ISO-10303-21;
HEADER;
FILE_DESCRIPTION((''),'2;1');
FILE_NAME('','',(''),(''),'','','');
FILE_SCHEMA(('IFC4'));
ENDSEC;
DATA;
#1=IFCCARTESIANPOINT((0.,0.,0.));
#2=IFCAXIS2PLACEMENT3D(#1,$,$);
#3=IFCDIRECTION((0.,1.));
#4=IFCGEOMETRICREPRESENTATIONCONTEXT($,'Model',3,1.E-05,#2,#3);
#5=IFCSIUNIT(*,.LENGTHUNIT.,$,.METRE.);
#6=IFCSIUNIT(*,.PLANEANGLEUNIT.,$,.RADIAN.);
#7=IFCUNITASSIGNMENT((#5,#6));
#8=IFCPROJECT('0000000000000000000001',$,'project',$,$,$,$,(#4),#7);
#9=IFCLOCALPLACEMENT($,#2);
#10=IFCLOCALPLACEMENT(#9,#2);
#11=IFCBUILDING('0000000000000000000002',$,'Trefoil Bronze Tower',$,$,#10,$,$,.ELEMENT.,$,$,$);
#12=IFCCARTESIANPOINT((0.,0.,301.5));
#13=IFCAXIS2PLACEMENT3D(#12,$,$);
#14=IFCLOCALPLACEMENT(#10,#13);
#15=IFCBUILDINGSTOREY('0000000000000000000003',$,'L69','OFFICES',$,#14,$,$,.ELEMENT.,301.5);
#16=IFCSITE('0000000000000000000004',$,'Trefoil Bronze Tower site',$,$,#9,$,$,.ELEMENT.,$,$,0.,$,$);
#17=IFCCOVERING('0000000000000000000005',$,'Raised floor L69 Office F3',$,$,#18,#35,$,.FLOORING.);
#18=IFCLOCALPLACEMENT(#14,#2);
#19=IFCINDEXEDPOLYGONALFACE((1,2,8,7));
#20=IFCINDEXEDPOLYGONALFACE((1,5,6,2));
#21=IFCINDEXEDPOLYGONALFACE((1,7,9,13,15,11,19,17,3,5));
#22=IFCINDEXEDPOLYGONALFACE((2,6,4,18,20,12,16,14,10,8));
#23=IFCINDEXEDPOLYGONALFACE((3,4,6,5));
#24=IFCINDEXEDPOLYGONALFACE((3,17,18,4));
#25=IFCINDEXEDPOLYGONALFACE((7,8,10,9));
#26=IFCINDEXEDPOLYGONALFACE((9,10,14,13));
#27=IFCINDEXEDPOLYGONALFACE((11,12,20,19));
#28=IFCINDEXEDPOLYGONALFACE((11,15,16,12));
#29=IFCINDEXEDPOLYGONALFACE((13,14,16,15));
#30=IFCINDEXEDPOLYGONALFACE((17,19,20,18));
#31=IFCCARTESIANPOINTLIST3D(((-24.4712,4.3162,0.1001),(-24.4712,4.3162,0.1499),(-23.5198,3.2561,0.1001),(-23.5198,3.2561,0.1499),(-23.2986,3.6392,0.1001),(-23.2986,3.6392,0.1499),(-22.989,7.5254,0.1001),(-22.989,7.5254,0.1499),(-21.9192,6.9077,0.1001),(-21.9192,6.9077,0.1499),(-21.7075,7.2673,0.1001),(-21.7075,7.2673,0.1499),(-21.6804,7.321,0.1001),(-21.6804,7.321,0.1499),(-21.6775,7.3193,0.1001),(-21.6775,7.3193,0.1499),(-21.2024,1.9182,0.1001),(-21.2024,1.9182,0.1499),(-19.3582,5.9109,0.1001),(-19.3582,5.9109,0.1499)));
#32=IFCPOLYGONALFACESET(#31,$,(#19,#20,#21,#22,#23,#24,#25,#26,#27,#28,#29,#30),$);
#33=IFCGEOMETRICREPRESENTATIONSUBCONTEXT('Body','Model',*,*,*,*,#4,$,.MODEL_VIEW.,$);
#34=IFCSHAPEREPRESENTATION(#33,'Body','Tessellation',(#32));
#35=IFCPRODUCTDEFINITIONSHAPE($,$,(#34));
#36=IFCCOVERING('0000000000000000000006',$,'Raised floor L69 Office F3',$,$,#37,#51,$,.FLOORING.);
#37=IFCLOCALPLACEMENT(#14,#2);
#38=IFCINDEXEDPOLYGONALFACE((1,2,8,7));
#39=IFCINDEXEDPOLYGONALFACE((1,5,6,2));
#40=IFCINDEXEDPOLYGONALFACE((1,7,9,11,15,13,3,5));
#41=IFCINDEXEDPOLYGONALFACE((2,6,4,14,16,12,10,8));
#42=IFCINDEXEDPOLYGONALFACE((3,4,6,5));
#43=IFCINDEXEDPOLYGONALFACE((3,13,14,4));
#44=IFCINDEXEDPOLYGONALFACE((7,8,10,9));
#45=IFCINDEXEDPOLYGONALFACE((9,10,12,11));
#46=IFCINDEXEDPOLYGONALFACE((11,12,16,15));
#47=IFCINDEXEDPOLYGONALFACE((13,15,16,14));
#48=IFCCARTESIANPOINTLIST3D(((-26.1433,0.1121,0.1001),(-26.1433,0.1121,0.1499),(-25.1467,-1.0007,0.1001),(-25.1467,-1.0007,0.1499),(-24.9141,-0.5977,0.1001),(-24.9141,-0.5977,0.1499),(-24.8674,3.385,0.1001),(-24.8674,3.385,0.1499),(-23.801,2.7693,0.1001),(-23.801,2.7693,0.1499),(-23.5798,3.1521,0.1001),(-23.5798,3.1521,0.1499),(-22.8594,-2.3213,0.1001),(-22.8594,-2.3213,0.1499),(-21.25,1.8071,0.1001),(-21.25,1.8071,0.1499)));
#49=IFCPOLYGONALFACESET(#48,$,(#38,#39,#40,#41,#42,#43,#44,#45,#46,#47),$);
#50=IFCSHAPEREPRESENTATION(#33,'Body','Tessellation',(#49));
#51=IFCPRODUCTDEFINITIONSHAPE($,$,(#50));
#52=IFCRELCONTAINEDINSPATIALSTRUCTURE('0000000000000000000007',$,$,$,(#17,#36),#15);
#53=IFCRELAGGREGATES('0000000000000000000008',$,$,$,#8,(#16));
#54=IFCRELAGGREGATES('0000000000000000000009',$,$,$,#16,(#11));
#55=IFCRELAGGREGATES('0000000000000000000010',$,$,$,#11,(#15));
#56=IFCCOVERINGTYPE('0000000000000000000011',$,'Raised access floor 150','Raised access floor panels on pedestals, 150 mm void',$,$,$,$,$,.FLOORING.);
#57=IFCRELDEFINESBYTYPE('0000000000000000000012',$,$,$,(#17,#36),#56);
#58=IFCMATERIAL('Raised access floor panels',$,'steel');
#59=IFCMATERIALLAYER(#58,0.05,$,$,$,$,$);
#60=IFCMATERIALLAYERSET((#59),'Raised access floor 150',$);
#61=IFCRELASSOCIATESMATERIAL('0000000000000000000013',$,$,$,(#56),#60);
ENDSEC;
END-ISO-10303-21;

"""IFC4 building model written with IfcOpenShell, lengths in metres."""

from ifc_helpers import new_model, si_unit, direction, frame, origin, place, context, subcontext, project, spatial, polyline, outline, extrude, material, layer, layer_set, type_object, element, save


model = new_model("IFC4")

# Units and contexts
model_context = context("Model", 3, precision=1e-05, world=origin(), true_north=direction((0.0, 1.0)))
body_context = subcontext(model_context, "Body", "Model", "MODEL_VIEW")
ifc_project = project(units=[si_unit("LENGTHUNIT", "METRE"), si_unit("PLANEANGLEUNIT", "RADIAN")], contexts=[model_context])

# Site, building, storey
site_placement = place(None, origin())
site = spatial("IfcSite", under=ifc_project, at=site_placement, Name="Trefoil Bronze Tower site", CompositionType="ELEMENT", RefElevation=0.0)
building_placement = place(site_placement, origin())
building = spatial("IfcBuilding", under=site, at=building_placement, Name="Trefoil Bronze Tower", CompositionType="ELEMENT")
storey_placement = place(building_placement, frame((0.0, 0.0, 301.5)))
storey = spatial("IfcBuildingStorey", under=building, at=storey_placement, Name="L69", Description="OFFICES", CompositionType="ELEMENT", Elevation=301.5)

# Coverings
ifc_material_1 = material(Name="Raised access floor panels", Category="steel")
ifc_layer_1 = layer(ifc_material_1, 0.05)
ifc_layer_set_1 = layer_set([ifc_layer_1], Name="Raised access floor 150")
covering_type_1 = type_object("IfcCoveringType", Name="Raised access floor 150", Description="Raised access floor panels on pedestals, 150 mm void", PredefinedType="FLOORING", material=ifc_layer_set_1)
covering_1_placement = place(storey_placement, frame((0.0, 0.0, 0.1001)))
element("IfcCovering", 1, at=covering_1_placement, inside=storey, type_object=covering_type_1, Name="Raised floor L69 Office F3", PredefinedType="FLOORING", context=body_context, shape_type="SweptSolid", body=[
    extrude(outline(polyline([(-21.6775, 7.3193), (-21.7075, 7.2673), (-19.3582, 5.9109), (-21.2024, 1.9182), (-23.5198, 3.2561), (-23.2986, 3.6392), (-24.4712, 4.3162), (-22.989, 7.5254), (-21.9192, 6.9077), (-21.6804, 7.321), (-21.6775, 7.3193)])), origin(), (0.0, 0.0, 1.0), 0.0498),
])
covering_2_placement = place(storey_placement, frame((0.0, 0.0, 0.1001)))
element("IfcCovering", 2, at=covering_2_placement, inside=storey, type_object=covering_type_1, Name="Raised floor L69 Office F3", PredefinedType="FLOORING", context=body_context, shape_type="SweptSolid", body=[
    extrude(outline(polyline([(-24.8674, 3.385), (-23.801, 2.7693), (-23.5798, 3.1521), (-21.25, 1.8071), (-22.8594, -2.3213), (-25.1467, -1.0007), (-24.9141, -0.5977), (-26.1433, 0.1121), (-24.8674, 3.385)])), origin(), (0.0, 0.0, 1.0), 0.0498),
])

save(model, "model.ifc")
